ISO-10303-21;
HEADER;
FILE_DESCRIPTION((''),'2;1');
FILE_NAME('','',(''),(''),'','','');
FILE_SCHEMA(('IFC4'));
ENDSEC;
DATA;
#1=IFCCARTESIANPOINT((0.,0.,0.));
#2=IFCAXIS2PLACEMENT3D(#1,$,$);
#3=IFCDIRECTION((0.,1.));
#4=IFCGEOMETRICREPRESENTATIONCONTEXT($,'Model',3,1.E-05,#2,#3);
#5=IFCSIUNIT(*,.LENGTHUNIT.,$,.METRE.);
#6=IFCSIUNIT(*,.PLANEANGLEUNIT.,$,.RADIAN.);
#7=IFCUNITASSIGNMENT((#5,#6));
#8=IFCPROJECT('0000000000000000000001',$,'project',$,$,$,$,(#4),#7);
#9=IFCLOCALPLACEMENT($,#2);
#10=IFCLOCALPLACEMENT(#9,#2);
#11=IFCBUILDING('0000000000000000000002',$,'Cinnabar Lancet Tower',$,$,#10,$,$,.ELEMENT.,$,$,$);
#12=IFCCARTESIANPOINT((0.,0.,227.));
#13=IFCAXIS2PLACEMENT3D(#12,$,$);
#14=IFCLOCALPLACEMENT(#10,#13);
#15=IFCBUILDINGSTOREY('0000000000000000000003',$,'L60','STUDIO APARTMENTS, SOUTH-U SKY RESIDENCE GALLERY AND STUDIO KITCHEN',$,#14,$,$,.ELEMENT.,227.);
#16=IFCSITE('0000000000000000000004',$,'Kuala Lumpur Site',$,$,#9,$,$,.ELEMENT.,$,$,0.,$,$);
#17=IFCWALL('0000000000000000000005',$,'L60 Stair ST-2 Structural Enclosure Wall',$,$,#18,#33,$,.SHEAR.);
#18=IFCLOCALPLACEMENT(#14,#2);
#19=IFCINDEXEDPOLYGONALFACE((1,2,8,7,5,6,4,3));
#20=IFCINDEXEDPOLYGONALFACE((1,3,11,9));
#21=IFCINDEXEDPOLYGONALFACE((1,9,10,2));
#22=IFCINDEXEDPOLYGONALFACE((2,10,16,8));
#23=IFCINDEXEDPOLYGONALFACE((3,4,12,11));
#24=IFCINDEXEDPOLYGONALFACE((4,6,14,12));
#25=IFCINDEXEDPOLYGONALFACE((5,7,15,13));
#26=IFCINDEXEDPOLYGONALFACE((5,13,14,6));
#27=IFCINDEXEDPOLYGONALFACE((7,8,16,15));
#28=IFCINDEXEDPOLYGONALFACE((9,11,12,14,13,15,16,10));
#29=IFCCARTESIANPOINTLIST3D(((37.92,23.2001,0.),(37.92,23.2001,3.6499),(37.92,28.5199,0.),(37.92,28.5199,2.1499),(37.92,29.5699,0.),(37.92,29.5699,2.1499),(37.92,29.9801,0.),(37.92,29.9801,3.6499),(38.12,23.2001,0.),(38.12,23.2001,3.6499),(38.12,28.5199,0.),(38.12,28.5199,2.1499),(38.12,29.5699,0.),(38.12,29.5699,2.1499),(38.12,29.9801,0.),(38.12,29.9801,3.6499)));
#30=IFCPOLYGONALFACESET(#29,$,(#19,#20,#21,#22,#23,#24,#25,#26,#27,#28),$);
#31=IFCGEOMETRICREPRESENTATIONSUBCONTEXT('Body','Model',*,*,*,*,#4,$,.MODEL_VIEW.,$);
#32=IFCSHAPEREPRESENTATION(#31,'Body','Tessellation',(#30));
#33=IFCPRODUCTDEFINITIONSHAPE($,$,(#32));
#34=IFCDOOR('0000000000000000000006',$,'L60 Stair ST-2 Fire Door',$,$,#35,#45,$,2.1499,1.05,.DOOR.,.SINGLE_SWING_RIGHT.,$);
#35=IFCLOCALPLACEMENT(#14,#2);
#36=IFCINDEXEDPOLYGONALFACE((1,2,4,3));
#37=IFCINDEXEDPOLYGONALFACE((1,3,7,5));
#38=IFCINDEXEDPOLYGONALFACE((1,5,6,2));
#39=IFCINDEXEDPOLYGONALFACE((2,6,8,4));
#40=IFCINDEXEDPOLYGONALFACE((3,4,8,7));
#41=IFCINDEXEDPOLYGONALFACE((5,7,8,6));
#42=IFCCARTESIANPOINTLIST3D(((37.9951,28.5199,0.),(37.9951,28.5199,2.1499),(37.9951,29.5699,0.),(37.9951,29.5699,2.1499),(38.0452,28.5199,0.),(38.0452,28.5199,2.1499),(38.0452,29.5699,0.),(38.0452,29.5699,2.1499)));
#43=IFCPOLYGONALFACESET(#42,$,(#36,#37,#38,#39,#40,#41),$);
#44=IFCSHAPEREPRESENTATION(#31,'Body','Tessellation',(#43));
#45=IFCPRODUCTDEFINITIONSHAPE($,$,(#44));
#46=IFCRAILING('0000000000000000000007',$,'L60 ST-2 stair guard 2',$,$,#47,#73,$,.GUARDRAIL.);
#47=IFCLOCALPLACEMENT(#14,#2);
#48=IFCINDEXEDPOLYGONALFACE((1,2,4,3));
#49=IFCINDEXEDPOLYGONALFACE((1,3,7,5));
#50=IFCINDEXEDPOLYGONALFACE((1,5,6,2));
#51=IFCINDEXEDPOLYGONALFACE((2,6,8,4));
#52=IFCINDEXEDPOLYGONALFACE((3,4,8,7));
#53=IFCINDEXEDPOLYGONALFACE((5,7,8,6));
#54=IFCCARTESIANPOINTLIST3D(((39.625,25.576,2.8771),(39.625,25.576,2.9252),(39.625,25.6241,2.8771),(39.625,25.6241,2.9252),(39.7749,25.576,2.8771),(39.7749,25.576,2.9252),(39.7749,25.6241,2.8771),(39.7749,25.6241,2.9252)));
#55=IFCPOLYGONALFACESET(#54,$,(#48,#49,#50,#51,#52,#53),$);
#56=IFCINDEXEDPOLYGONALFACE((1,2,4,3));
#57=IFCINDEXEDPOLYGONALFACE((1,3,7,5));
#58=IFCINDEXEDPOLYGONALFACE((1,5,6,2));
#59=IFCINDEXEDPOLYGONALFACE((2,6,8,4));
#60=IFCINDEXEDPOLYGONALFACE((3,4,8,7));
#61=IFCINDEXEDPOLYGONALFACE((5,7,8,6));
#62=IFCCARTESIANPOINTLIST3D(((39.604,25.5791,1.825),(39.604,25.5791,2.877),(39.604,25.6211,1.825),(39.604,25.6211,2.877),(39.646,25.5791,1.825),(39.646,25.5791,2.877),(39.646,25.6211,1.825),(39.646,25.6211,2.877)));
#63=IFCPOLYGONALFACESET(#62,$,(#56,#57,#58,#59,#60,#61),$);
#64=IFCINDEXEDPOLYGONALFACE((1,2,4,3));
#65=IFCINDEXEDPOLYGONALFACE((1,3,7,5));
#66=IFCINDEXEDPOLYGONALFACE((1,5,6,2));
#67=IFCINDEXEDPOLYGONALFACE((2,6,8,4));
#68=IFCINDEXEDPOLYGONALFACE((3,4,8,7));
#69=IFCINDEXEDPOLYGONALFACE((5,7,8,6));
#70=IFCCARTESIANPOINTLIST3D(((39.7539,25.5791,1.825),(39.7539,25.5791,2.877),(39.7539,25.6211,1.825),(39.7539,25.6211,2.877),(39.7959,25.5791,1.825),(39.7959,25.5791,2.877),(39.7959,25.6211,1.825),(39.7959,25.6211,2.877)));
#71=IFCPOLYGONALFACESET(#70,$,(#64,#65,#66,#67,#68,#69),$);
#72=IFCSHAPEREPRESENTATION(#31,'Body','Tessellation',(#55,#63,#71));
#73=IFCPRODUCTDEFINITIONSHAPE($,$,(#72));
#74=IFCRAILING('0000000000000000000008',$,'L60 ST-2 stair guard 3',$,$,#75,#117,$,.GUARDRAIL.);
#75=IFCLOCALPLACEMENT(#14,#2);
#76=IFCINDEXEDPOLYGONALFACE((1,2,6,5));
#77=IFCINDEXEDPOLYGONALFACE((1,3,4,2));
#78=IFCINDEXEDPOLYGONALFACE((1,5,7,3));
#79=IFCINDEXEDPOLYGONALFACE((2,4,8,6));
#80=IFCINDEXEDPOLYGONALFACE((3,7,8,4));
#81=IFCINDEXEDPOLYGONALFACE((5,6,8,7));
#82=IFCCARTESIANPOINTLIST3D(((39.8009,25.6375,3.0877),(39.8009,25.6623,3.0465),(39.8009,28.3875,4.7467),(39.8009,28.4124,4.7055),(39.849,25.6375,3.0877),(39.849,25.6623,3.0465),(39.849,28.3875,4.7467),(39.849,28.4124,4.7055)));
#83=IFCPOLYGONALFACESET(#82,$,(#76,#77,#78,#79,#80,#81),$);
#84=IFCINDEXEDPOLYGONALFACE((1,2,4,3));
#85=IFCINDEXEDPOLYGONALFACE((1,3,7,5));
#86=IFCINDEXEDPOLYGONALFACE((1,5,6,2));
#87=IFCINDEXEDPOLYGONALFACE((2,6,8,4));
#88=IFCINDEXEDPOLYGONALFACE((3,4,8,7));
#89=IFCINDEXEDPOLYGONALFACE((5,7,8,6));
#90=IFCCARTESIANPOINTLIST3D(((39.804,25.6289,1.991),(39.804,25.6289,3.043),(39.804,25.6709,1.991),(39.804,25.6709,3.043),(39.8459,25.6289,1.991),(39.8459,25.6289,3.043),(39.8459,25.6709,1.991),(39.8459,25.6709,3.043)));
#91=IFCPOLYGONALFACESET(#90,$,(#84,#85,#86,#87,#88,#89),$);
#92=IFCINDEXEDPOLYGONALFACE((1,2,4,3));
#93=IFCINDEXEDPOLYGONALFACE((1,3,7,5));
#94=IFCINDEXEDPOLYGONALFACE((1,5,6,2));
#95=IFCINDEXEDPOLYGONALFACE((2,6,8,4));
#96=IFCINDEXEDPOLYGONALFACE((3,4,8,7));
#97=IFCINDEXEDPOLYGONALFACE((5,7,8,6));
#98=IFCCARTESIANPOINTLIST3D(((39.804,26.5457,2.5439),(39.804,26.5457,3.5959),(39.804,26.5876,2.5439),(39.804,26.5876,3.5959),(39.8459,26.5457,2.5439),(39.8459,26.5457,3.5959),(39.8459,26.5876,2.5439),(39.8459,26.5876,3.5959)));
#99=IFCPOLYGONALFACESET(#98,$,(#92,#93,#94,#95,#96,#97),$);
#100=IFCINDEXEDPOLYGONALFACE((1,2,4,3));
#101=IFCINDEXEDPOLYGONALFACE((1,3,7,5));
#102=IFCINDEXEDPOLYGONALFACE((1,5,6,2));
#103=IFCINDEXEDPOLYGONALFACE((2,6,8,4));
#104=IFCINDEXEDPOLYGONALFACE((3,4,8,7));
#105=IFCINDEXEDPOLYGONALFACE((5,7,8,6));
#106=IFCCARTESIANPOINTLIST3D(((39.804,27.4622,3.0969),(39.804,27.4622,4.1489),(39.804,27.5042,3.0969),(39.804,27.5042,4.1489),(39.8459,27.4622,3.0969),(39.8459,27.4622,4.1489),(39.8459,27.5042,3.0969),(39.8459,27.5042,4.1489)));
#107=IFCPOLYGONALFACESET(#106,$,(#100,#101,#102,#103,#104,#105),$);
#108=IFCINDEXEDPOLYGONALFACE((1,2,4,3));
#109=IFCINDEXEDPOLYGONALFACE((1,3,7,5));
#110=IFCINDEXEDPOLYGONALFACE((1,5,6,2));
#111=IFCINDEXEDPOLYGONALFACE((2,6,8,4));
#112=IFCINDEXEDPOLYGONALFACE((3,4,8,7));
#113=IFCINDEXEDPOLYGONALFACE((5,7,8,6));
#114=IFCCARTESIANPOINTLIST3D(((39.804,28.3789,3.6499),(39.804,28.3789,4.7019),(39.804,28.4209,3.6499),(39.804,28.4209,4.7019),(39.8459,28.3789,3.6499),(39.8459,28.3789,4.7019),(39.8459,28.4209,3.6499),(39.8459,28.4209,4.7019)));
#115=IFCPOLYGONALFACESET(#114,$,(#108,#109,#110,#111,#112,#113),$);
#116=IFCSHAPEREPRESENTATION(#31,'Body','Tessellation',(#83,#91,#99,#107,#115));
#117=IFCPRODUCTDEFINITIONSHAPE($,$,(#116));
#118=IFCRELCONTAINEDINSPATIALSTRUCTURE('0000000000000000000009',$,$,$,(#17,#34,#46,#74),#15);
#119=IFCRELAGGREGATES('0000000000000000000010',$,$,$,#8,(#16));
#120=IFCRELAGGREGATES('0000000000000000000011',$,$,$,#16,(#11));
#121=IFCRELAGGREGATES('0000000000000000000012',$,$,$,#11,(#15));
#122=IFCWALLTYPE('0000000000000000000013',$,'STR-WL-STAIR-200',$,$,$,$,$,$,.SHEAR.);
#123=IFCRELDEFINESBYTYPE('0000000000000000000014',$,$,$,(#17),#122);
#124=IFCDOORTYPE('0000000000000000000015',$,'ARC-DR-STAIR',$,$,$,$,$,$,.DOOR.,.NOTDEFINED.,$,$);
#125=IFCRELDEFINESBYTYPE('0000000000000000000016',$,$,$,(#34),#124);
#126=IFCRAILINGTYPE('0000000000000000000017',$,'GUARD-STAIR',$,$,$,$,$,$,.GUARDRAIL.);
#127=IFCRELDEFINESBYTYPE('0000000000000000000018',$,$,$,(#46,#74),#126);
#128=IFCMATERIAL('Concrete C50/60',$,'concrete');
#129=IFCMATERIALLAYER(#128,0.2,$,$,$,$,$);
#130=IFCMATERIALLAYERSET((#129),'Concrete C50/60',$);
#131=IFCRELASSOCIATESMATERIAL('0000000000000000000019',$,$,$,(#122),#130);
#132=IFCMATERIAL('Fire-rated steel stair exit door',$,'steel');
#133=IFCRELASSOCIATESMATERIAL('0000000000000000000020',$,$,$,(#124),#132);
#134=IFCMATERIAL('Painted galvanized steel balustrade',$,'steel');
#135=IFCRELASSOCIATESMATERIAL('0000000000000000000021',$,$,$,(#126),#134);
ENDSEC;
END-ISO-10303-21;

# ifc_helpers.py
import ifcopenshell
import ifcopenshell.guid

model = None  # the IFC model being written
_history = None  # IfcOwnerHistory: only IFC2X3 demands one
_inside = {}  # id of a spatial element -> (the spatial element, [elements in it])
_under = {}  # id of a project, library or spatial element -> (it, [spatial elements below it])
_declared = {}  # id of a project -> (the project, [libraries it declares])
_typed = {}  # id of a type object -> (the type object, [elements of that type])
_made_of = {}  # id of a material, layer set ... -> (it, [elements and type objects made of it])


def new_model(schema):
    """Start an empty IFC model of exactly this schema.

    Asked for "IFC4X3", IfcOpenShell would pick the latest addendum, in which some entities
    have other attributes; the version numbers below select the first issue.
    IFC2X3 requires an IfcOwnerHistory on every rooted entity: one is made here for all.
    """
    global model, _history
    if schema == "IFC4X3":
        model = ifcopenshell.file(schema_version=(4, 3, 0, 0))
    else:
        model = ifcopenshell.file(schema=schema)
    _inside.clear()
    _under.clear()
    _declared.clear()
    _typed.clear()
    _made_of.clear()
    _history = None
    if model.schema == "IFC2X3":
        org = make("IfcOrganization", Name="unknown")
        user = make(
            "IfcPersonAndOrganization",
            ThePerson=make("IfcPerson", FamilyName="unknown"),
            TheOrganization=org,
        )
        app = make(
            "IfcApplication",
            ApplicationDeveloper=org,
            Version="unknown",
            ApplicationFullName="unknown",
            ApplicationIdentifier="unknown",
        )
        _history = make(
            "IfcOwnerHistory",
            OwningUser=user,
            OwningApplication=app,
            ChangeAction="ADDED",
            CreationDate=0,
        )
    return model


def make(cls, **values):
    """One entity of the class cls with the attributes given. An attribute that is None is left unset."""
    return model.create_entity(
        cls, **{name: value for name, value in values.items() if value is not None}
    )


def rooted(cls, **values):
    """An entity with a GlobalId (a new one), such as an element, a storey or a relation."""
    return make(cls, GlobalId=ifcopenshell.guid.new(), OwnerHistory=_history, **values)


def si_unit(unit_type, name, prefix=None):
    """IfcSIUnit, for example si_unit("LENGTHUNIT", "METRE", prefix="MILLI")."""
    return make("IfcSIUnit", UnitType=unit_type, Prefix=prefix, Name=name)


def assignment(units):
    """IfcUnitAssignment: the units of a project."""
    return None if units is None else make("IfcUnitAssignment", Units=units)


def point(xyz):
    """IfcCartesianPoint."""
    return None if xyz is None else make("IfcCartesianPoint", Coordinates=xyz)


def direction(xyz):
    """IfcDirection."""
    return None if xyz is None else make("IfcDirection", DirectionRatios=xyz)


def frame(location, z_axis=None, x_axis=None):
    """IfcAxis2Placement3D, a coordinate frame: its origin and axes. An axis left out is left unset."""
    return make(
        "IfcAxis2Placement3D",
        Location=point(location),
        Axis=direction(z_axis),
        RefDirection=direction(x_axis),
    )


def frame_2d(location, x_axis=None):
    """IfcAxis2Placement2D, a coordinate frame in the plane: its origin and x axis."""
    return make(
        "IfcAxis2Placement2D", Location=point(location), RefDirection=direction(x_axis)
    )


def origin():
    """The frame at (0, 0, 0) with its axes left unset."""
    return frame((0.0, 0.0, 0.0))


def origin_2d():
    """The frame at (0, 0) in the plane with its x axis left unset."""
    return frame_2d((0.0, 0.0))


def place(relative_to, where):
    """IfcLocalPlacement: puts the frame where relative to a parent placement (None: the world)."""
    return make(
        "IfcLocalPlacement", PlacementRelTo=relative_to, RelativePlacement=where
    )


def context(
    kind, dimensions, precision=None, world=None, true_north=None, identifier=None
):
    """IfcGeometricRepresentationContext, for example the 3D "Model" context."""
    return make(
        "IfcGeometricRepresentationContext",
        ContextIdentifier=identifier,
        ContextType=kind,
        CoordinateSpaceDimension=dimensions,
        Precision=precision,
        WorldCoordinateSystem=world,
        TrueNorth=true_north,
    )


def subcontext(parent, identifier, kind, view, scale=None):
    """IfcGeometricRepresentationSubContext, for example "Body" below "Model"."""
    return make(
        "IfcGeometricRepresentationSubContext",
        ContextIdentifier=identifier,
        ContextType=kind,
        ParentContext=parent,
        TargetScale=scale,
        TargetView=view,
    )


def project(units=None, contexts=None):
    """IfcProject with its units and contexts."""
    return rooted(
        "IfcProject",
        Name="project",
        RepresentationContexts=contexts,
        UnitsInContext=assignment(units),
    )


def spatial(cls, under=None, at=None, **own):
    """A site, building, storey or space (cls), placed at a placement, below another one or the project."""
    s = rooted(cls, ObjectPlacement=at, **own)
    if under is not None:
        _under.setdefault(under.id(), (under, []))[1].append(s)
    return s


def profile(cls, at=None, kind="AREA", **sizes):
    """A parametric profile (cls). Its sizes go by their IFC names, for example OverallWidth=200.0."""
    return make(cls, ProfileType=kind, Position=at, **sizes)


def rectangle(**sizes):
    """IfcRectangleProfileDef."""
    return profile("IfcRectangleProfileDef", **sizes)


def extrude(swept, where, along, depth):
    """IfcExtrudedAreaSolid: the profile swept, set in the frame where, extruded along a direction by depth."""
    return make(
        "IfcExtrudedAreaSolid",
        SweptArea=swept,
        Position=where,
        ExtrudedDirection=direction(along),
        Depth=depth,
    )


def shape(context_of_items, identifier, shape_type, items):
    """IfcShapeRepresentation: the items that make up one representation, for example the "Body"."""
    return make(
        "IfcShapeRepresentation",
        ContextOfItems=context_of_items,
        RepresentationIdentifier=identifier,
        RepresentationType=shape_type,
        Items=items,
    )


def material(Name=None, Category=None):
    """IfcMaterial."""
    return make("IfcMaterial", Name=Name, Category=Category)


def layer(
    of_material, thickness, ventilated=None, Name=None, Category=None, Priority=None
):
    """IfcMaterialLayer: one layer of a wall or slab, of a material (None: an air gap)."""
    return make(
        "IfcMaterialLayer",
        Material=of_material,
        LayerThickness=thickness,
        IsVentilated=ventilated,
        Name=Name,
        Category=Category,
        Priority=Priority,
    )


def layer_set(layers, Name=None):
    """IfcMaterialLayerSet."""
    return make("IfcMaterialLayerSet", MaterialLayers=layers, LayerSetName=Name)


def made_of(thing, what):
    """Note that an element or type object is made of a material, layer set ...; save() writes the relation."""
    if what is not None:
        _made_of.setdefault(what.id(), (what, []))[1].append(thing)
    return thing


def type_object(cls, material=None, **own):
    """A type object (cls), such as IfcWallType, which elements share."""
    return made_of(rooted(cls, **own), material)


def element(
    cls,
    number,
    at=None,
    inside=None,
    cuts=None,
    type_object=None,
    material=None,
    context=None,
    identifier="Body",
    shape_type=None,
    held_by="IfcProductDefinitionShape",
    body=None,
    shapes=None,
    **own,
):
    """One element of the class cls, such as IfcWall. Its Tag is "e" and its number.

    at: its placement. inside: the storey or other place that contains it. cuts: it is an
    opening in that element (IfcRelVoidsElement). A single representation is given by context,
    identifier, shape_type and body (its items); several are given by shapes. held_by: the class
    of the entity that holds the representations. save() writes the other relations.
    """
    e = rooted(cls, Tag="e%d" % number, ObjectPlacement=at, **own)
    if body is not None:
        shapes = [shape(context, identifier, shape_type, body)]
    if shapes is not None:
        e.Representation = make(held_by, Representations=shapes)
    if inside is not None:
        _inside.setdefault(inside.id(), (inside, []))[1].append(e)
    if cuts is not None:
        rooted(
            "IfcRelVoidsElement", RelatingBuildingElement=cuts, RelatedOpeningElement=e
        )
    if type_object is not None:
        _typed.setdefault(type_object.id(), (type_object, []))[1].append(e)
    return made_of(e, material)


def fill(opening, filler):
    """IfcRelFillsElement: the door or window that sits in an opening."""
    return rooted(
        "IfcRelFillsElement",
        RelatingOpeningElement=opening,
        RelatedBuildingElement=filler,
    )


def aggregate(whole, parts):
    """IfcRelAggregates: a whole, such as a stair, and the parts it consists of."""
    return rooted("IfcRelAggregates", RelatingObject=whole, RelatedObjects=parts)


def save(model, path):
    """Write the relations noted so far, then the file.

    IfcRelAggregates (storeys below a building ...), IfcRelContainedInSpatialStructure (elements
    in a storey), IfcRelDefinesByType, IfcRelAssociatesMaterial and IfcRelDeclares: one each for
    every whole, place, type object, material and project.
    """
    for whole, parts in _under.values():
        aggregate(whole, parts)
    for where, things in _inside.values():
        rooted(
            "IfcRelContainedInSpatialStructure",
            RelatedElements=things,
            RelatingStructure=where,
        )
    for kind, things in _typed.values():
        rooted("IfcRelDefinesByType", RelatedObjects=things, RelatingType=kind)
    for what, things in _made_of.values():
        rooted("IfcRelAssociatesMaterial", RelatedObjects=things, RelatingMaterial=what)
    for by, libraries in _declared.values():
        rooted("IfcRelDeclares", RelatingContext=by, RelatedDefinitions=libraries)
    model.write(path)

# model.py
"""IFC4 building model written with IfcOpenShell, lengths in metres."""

from ifc_helpers import new_model, si_unit, direction, frame, frame_2d, origin, origin_2d, place, context, subcontext, project, spatial, rectangle, extrude, material, layer, layer_set, type_object, element, fill, save


model = new_model("IFC4")

# Units and contexts
model_context = context("Model", 3, precision=1e-05, world=origin(), true_north=direction((0.0, 1.0)))
body_context = subcontext(model_context, "Body", "Model", "MODEL_VIEW")
ifc_project = project(units=[si_unit("LENGTHUNIT", "METRE"), si_unit("PLANEANGLEUNIT", "RADIAN")], contexts=[model_context])

# Site, building, storey
site_placement = place(None, origin())
site = spatial("IfcSite", under=ifc_project, at=site_placement, Name="Kuala Lumpur Site", CompositionType="ELEMENT", RefElevation=0.0)
building_placement = place(site_placement, origin())
building = spatial("IfcBuilding", under=site, at=building_placement, Name="Cinnabar Lancet Tower", CompositionType="ELEMENT")
storey_placement = place(building_placement, frame((0.0, 0.0, 227.0)))
storey = spatial("IfcBuildingStorey", under=building, at=storey_placement, Name="L60", Description="STUDIO APARTMENTS, SOUTH-U SKY RESIDENCE GALLERY AND STUDIO KITCHEN", CompositionType="ELEMENT", Elevation=227.0)

# Wall, opening, door
ifc_material_1 = material(Name="Concrete C50/60", Category="concrete")
ifc_layer_1 = layer(ifc_material_1, 0.2)
ifc_layer_set_1 = layer_set([ifc_layer_1], Name="Concrete C50/60")
wall_type_1 = type_object("IfcWallType", Name="STR-WL-STAIR-200", PredefinedType="SHEAR", material=ifc_layer_set_1)
wall_1_placement = place(storey_placement, frame((38.02, 23.2, 0.0), z_axis=(0.0, 0.0, 1.0), x_axis=(0.0, 1.0, 0.0)))
wall_1 = element("IfcWall", 1, at=wall_1_placement, inside=storey, type_object=wall_type_1, Name="L60 Stair ST-2 Structural Enclosure Wall", PredefinedType="SHEAR", context=body_context, shape_type="SweptSolid", body=[
    extrude(rectangle(XDim=6.78, YDim=0.2, at=frame_2d((3.3901, 0.0))), origin(), (0.0, 0.0, 1.0), 3.6499),
])
opening_1_placement = place(wall_1_placement, frame((5.3201, 0.0, 0.0)))
opening_1 = element("IfcOpeningElement", 2, at=opening_1_placement, cuts=wall_1, PredefinedType="OPENING", context=body_context, shape_type="SweptSolid", body=[
    extrude(rectangle(XDim=1.05, YDim=2.1499, at=frame_2d((0.5249, 1.075))), frame((0.0, 0.1099, 0.0), z_axis=(0.0, -1.0, 0.0), x_axis=(1.0, 0.0, 0.0)), (0.0, 0.0, 1.0), 0.22),
])
ifc_material_2 = material(Name="Fire-rated steel stair exit door", Category="steel")
door_type_1 = type_object("IfcDoorType", Name="ARC-DR-STAIR", OperationType="NOTDEFINED", PredefinedType="DOOR", material=ifc_material_2)
door_1_placement = place(opening_1_placement, origin())
door_1 = element("IfcDoor", 3, at=door_1_placement, inside=storey, type_object=door_type_1, Name="L60 Stair ST-2 Fire Door", OperationType="SINGLE_SWING_RIGHT", OverallHeight=2.1499, OverallWidth=1.05, PredefinedType="DOOR", context=body_context, shape_type="SweptSolid", body=[
    extrude(rectangle(XDim=1.05, YDim=2.1499, at=frame_2d((0.5249, 1.075))), frame((0.0, 0.0249, 0.0), z_axis=(0.0, -1.0, 0.0), x_axis=(1.0, 0.0, 0.0)), (0.0, 0.0, 1.0), 0.05),
])
fill(opening_1, door_1)

# Railings
ifc_material_3 = material(Name="Painted galvanized steel balustrade", Category="steel")
railing_type = type_object("IfcRailingType", Name="GUARD-STAIR", PredefinedType="GUARDRAIL", material=ifc_material_3)
railing_1_placement = place(storey_placement, frame((39.625, 25.6001, 1.825)))
element("IfcRailing", 4, at=railing_1_placement, inside=storey, type_object=railing_type, Name="L60 ST-2 stair guard 2", PredefinedType="GUARDRAIL", context=body_context, shape_type="SweptSolid", body=[
    extrude(rectangle(XDim=0.0481, YDim=0.0481, at=origin_2d()), frame((0.0, 0.0, 1.0762), z_axis=(1.0, 0.0, 0.0), x_axis=(0.0, 1.0, 0.0)), (0.0, 0.0, 1.0), 0.1499),
    extrude(rectangle(XDim=0.042, YDim=0.042, at=origin_2d()), origin(), (0.0, 0.0, 1.0), 1.052),
    extrude(rectangle(XDim=0.042, YDim=0.042, at=origin_2d()), frame((0.1499, 0.0, 0.0)), (0.0, 0.0, 1.0), 1.052),
])
railing_2_placement = place(storey_placement, frame((39.825, 25.6499, 1.991)))
element("IfcRailing", 5, at=railing_2_placement, inside=storey, type_object=railing_type, Name="L60 ST-2 stair guard 3", PredefinedType="GUARDRAIL", context=body_context, shape_type="SweptSolid", body=[
    extrude(rectangle(XDim=0.0481, YDim=0.0481, at=origin_2d()), frame((0.0, 0.0, 1.0762), z_axis=(0.0, 0.856263, 0.51654), x_axis=(-1.0, 0.0, 0.0)), (0.0, 0.0, 1.0), 3.2117),
    extrude(rectangle(XDim=0.042, YDim=0.042, at=origin_2d()), origin(), (0.0, 0.0, 1.0), 1.052),
    extrude(rectangle(XDim=0.042, YDim=0.042, at=origin_2d()), frame((0.0, 0.9167, 0.553)), (0.0, 0.0, 1.0), 1.052),
    extrude(rectangle(XDim=0.042, YDim=0.042, at=origin_2d()), frame((0.0, 1.8333, 1.106)), (0.0, 0.0, 1.0), 1.052),
    extrude(rectangle(XDim=0.042, YDim=0.042, at=origin_2d()), frame((0.0, 2.75, 1.6589)), (0.0, 0.0, 1.0), 1.052),
])

save(model, "model.ifc")
